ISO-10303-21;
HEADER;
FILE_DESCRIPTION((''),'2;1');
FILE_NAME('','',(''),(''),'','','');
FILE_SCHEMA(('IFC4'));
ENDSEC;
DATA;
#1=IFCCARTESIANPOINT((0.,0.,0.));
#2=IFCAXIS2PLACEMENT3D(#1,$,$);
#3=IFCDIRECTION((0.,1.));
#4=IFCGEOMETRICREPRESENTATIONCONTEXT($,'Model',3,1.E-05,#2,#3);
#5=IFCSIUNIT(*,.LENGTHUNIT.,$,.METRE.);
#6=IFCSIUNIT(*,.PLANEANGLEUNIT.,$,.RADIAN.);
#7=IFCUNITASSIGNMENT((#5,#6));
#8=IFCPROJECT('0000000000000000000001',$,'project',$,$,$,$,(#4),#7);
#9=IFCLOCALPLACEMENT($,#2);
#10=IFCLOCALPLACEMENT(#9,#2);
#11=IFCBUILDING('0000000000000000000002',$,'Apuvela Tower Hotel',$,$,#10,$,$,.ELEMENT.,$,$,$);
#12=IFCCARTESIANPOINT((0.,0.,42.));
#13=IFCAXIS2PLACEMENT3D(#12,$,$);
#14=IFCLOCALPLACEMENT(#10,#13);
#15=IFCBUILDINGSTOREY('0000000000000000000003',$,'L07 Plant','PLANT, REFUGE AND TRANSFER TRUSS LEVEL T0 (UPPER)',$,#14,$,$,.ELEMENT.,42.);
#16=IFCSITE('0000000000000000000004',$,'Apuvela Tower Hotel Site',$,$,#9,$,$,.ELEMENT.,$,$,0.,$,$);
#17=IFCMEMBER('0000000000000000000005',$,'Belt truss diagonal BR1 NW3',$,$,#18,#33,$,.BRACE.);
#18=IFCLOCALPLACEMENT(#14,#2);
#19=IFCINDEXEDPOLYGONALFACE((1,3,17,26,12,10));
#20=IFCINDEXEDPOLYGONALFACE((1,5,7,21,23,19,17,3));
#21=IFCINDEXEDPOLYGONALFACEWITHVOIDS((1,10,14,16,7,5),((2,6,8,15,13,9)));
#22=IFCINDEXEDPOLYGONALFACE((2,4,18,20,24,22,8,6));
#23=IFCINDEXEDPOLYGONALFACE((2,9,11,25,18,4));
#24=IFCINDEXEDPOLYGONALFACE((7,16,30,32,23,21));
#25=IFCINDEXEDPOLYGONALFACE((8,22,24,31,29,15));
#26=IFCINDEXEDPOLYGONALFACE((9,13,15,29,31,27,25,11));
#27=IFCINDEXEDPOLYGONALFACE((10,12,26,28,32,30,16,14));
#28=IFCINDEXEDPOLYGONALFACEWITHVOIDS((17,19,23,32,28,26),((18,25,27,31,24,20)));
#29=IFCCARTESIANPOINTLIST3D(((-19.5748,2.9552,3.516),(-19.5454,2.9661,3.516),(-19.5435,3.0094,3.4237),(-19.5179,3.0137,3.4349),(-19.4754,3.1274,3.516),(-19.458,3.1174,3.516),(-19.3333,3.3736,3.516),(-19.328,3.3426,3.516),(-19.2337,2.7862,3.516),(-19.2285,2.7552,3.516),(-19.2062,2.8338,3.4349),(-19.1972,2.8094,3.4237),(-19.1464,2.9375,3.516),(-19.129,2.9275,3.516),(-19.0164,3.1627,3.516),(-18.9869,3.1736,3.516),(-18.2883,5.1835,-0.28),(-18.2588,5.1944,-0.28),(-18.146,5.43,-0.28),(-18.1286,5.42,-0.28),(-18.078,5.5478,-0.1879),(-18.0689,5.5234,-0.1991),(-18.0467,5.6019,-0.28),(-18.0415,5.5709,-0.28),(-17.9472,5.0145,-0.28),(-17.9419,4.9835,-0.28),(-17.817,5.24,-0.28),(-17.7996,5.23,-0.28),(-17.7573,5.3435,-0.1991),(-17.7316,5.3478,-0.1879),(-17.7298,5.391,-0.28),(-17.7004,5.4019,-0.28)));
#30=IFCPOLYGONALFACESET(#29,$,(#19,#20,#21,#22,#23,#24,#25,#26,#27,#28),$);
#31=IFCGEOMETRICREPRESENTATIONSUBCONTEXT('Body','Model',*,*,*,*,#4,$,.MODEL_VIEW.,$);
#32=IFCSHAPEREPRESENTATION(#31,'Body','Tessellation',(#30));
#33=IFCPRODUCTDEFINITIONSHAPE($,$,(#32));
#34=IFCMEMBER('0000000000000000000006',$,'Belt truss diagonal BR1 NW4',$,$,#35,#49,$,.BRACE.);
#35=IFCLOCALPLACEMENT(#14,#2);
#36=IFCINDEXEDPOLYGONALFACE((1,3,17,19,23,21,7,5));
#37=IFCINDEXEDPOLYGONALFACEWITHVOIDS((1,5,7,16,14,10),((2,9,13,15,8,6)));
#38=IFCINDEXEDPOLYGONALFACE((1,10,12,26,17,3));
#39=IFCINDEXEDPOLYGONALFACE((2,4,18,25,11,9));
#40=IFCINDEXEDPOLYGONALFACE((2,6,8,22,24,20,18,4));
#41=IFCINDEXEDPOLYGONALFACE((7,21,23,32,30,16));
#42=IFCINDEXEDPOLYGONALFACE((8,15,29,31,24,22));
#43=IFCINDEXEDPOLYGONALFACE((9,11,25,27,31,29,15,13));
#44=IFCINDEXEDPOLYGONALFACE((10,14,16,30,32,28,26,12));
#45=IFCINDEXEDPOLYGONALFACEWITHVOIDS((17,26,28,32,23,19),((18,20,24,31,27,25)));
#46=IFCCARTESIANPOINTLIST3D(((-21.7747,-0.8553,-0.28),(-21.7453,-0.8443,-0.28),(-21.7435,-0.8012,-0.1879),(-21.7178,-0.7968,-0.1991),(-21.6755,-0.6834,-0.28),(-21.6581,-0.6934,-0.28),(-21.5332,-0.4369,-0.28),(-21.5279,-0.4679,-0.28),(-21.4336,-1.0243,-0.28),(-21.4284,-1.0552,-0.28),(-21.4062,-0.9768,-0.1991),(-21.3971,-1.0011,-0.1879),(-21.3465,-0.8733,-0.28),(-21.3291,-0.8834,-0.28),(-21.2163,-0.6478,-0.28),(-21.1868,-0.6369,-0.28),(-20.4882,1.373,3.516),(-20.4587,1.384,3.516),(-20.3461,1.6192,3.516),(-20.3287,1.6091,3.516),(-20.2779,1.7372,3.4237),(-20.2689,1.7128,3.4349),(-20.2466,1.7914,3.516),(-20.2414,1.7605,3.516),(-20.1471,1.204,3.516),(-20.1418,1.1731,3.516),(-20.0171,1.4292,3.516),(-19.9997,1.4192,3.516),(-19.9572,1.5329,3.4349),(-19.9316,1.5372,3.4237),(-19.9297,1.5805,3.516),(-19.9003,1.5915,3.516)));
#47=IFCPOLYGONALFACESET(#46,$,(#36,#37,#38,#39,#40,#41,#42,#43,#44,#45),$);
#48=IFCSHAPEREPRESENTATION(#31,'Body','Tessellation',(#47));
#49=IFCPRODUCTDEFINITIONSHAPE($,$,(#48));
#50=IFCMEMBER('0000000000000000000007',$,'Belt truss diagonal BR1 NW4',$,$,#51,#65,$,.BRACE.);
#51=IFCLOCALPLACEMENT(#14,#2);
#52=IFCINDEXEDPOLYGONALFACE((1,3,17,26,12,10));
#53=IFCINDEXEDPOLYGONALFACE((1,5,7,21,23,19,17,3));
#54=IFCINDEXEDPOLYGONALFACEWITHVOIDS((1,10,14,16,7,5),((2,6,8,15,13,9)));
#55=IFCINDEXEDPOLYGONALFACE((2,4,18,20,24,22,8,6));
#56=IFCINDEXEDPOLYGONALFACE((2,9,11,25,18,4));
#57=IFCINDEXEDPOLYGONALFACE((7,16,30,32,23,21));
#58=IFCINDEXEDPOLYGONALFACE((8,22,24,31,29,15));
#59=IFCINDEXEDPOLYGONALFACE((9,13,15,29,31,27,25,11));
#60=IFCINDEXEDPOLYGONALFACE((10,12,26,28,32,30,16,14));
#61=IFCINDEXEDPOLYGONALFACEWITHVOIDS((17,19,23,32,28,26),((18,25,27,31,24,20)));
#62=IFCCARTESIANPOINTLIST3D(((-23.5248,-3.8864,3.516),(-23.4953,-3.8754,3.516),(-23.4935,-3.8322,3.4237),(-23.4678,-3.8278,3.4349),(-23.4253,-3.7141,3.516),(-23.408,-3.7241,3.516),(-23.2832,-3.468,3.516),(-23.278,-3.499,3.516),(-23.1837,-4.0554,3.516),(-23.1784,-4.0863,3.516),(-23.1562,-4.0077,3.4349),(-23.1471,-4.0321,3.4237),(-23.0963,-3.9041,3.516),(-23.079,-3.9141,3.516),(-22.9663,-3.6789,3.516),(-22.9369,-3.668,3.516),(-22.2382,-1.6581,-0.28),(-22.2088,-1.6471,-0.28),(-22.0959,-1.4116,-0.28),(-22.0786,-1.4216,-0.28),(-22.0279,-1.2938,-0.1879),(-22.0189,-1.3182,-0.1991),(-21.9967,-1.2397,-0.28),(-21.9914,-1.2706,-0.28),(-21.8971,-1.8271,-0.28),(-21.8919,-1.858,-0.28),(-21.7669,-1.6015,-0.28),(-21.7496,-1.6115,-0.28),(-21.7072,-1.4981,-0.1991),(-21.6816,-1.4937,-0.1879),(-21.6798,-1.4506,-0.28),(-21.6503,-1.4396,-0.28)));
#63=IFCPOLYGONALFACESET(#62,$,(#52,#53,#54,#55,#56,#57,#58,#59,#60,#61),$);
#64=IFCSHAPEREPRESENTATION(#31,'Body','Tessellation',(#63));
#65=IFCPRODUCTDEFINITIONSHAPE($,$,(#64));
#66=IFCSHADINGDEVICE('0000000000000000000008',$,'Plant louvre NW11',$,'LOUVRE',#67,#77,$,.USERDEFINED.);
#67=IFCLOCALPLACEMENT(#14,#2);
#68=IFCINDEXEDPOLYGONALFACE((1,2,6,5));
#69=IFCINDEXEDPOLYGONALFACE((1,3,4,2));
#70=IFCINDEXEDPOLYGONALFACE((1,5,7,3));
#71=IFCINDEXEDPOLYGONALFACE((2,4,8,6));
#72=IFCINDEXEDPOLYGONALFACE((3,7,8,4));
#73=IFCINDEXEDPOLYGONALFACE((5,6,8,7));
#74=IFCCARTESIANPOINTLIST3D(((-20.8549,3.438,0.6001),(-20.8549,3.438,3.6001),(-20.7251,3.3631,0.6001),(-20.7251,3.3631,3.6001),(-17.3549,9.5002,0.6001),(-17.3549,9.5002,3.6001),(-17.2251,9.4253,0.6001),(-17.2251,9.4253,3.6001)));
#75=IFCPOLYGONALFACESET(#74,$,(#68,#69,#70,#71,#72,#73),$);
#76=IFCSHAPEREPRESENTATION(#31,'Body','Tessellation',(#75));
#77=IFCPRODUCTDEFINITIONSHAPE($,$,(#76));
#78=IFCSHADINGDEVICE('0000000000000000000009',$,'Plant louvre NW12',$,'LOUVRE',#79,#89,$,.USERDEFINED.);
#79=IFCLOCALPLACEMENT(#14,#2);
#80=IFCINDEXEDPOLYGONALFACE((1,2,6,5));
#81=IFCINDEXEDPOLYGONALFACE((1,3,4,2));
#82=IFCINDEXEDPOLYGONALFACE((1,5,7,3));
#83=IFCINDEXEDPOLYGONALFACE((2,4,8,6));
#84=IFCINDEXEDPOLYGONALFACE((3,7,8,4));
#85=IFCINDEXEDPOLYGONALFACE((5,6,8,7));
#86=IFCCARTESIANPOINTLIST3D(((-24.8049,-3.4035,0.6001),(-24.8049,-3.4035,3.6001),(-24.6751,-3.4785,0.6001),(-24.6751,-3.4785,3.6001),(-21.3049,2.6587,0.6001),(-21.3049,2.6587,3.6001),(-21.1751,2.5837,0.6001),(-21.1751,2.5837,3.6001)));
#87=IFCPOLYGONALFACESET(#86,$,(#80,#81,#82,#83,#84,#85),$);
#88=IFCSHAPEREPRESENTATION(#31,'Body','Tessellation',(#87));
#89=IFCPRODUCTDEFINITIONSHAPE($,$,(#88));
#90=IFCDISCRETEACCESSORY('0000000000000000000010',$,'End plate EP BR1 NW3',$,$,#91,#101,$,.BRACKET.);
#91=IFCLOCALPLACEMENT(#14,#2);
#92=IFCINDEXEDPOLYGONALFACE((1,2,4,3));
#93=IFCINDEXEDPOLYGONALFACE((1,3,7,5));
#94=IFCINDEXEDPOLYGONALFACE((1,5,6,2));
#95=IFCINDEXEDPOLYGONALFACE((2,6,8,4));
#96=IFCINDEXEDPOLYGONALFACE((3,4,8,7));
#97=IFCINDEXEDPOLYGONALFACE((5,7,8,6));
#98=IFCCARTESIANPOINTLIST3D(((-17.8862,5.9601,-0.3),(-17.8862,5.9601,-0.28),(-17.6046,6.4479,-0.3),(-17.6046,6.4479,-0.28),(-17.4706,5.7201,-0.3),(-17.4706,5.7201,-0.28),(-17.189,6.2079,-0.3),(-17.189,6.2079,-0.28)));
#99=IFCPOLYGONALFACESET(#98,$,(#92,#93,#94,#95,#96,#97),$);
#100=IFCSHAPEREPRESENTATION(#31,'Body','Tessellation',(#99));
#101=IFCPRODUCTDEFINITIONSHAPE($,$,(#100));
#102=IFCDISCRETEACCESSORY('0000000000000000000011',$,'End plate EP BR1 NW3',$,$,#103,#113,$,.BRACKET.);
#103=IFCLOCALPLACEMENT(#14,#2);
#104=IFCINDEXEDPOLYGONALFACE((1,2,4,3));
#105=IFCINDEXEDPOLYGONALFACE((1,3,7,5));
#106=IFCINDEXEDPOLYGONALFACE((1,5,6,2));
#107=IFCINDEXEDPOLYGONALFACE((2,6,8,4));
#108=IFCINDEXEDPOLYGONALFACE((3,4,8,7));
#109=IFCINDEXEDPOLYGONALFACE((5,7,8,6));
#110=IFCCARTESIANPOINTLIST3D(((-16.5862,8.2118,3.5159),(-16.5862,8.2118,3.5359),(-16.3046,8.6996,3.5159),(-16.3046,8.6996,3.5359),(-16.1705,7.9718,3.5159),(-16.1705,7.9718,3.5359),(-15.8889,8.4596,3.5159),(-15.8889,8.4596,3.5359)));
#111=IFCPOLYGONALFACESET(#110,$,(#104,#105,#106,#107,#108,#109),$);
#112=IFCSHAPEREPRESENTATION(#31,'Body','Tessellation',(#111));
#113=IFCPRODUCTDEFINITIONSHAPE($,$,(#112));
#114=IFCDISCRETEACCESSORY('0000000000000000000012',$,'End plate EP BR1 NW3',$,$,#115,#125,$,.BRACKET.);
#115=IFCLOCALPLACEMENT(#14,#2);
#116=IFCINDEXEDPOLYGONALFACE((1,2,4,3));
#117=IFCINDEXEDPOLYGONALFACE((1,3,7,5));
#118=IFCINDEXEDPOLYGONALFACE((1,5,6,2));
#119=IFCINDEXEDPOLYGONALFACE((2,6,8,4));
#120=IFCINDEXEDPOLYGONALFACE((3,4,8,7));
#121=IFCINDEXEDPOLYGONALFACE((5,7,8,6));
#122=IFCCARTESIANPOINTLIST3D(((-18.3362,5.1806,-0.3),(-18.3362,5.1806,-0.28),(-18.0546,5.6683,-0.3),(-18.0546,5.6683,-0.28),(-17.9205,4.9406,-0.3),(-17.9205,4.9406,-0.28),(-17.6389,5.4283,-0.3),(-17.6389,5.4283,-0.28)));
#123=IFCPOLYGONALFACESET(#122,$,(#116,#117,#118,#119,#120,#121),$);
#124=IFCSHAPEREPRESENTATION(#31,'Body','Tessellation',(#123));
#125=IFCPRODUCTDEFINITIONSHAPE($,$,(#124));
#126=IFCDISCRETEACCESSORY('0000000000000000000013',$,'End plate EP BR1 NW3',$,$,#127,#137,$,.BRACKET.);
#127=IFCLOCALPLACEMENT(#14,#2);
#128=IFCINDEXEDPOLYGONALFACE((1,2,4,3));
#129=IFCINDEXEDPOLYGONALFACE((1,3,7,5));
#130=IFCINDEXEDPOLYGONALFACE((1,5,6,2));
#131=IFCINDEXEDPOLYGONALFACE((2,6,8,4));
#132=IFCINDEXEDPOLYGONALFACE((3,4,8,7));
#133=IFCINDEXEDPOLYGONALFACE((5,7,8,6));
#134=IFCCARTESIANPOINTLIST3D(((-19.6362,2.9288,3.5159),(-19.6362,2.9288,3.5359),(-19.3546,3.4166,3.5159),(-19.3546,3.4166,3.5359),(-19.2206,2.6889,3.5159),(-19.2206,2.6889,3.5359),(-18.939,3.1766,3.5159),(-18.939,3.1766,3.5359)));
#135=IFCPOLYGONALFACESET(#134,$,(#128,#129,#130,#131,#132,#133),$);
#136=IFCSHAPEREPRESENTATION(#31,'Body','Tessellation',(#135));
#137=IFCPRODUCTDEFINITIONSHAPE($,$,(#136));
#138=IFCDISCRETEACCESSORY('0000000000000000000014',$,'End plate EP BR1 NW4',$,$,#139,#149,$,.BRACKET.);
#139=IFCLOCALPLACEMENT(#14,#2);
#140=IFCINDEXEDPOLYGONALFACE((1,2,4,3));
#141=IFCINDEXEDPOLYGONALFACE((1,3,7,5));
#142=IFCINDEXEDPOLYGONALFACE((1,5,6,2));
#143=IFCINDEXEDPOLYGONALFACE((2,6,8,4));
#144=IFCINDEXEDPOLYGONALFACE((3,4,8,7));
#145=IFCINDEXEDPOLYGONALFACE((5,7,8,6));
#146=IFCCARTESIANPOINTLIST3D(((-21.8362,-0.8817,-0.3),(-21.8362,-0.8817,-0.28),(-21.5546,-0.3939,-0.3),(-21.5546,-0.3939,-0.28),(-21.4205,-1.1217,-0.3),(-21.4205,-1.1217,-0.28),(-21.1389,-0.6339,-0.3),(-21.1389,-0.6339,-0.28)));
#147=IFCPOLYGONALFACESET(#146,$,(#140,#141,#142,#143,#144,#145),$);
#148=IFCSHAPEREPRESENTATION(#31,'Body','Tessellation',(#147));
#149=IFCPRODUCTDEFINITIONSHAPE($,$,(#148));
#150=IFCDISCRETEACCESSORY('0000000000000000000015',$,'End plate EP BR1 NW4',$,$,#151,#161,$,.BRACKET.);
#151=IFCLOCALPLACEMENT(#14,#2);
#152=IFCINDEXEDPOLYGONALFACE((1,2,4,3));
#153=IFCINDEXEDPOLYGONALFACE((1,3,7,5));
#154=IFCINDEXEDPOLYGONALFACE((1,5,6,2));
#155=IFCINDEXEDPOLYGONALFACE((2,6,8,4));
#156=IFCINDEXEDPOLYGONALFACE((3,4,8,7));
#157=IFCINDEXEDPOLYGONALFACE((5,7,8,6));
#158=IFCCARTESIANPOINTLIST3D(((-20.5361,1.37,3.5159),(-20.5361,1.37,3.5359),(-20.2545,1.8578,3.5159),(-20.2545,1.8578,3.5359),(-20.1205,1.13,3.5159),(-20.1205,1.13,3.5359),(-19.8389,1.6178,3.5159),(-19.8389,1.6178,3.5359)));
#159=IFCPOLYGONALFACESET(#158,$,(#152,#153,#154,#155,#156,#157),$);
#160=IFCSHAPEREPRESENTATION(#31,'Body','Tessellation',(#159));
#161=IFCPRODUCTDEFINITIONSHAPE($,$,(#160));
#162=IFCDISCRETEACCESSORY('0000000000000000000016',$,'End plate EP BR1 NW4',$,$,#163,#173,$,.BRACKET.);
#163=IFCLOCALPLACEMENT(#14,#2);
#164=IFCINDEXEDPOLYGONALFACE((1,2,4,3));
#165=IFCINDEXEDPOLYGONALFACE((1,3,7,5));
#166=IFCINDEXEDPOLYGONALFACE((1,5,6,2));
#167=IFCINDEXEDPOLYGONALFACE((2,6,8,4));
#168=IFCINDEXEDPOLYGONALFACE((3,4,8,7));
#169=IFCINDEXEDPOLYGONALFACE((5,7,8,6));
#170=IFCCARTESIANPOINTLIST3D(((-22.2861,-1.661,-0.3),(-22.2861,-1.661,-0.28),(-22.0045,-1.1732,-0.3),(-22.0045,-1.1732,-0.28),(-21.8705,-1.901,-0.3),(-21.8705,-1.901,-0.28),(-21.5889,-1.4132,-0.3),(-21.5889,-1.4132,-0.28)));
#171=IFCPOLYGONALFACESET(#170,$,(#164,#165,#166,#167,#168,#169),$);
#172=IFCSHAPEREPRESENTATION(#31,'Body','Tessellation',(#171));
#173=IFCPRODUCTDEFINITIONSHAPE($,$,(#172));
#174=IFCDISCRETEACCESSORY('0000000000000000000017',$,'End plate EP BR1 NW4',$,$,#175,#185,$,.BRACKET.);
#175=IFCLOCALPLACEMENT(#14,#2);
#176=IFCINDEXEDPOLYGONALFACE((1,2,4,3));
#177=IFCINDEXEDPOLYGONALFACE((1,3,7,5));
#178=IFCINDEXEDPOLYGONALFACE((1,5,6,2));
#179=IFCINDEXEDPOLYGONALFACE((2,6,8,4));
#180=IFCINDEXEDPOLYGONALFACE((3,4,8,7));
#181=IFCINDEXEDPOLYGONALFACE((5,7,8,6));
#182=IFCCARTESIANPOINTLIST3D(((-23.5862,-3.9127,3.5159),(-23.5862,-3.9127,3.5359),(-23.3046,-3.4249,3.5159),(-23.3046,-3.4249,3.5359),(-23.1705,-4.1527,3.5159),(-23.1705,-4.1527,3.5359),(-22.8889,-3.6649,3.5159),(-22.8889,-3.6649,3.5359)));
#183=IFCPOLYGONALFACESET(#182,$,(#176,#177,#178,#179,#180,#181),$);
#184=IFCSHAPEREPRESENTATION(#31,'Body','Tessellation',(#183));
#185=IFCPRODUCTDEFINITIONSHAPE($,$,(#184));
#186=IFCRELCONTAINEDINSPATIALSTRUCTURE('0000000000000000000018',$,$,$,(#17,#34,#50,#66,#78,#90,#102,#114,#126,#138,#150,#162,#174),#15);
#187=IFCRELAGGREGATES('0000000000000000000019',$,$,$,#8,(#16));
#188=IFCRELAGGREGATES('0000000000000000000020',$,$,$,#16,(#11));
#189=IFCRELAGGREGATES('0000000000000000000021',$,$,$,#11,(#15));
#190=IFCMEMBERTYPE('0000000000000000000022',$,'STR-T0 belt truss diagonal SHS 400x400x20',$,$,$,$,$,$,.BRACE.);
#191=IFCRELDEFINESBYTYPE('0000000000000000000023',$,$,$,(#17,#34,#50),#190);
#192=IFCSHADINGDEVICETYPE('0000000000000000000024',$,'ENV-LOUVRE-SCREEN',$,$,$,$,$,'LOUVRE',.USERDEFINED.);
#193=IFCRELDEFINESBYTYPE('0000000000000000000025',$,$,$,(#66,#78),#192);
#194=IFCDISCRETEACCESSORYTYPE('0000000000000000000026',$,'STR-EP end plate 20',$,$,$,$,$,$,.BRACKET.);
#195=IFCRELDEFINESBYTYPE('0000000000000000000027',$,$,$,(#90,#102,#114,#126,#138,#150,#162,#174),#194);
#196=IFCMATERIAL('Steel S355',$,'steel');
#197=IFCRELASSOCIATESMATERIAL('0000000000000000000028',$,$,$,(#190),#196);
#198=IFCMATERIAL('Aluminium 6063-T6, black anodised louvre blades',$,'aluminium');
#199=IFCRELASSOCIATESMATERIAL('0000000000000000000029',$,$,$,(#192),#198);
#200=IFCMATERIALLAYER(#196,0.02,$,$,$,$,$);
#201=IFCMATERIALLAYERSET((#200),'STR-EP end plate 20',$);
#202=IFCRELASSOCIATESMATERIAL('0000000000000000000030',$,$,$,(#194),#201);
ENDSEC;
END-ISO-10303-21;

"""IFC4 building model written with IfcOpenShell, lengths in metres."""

from ifc_helpers import new_model, si_unit, direction, frame, origin, origin_2d, place, context, subcontext, project, spatial, rectangle, hollow_rectangle, extrude, boolean, halfspace, material, layer, layer_set, material_profile, profile_set, type_object, element, save


model = new_model("IFC4")

# Units and contexts
model_context = context("Model", 3, precision=1e-05, world=origin(), true_north=direction((0.0, 1.0)))
body_context = subcontext(model_context, "Body", "Model", "MODEL_VIEW")
ifc_project = project(units=[si_unit("LENGTHUNIT", "METRE"), si_unit("PLANEANGLEUNIT", "RADIAN")], contexts=[model_context])

# Site, building, storey
site_placement = place(None, origin())
site = spatial("IfcSite", under=ifc_project, at=site_placement, Name="Apuvela Tower Hotel Site", CompositionType="ELEMENT", RefElevation=0.0)
building_placement = place(site_placement, origin())
building = spatial("IfcBuilding", under=site, at=building_placement, Name="Apuvela Tower Hotel", CompositionType="ELEMENT")
storey_placement = place(building_placement, frame((0.0, 0.0, 42.0)))
storey = spatial("IfcBuildingStorey", under=building, at=storey_placement, Name="L07 Plant", Description="PLANT, REFUGE AND TRANSFER TRUSS LEVEL T0 (UPPER)", CompositionType="ELEMENT", Elevation=42.0)

# Shared definitions
ifc_material_1 = material(Name="Steel S355", Category="steel")

# Members
ifc_material_profile_1 = material_profile(ifc_material_1, hollow_rectangle(XDim=0.3999, YDim=0.3999, WallThickness=0.02, at=origin_2d()), Name="SHS 400x400x20")
ifc_profile_set_1 = profile_set([ifc_material_profile_1], Name="Steel S355")
member_type = type_object("IfcMemberType", Name="STR-T0 belt truss diagonal SHS 400x400x20", PredefinedType="BRACE", material=ifc_profile_set_1)
member_1_placement = place(storey_placement, frame((-17.9875, 5.3044, -0.3), z_axis=(-0.280541, -0.485902, 0.827766), x_axis=(0.413889, 0.716863, 0.561073)))
solid_1 = boolean("DIFFERENCE", boolean("DIFFERENCE", extrude(hollow_rectangle(XDim=0.3999, YDim=0.3999, WallThickness=0.02, at=origin_2d()), frame((0.0, 0.0, -0.2556)), (0.0, 0.0, 1.0), 5.1453), halfspace(frame((0.0, 0.0, 0.0242), z_axis=(0.561073, 0.0, 0.827766), x_axis=(0.827766, 0.0, -0.561073)), True)), halfspace(frame((0.0, 0.0, 4.6101), z_axis=(0.561073, 0.0, 0.827766), x_axis=(0.827766, 0.0, -0.561073)), False))
element("IfcMember", 1, at=member_1_placement, inside=storey, type_object=member_type, Name="Belt truss diagonal BR1 NW3", PredefinedType="BRACE", context=body_context, shape_type="SweptSolid", body=[
    boolean("UNION", boolean("DIFFERENCE", boolean("DIFFERENCE", extrude(hollow_rectangle(XDim=0.3999, YDim=0.3999, WallThickness=0.02, at=origin_2d()), origin(), (0.0, 0.0, 1.0), 4.634), halfspace(frame((0.0, 0.0, 0.0242), z_axis=(0.561073, 0.0, 0.827766), x_axis=(0.827766, 0.0, -0.561073)), True)), halfspace(frame((0.0, 0.0, 4.6101), z_axis=(0.561073, 0.0, 0.827766), x_axis=(0.827766, 0.0, -0.561073)), False)), solid_1),
])
member_2_placement = place(storey_placement, frame((-21.4875, -0.7578, -0.3), z_axis=(0.280541, 0.485902, 0.827766), x_axis=(-0.413889, -0.716863, 0.561073)))
solid_2 = boolean("DIFFERENCE", boolean("DIFFERENCE", extrude(hollow_rectangle(XDim=0.3999, YDim=0.3999, WallThickness=0.02, at=origin_2d()), frame((0.0, 0.0, -0.2556)), (0.0, 0.0, 1.0), 5.1453), halfspace(frame((0.0, 0.0, 0.0242), z_axis=(0.561073, 0.0, 0.827766), x_axis=(0.827766, 0.0, -0.561073)), True)), halfspace(frame((0.0, 0.0, 4.6101), z_axis=(0.561073, 0.0, 0.827766), x_axis=(0.827766, 0.0, -0.561073)), False))
element("IfcMember", 2, at=member_2_placement, inside=storey, type_object=member_type, Name="Belt truss diagonal BR1 NW4", PredefinedType="BRACE", context=body_context, shape_type="SweptSolid", body=[
    boolean("UNION", boolean("DIFFERENCE", boolean("DIFFERENCE", extrude(hollow_rectangle(XDim=0.3999, YDim=0.3999, WallThickness=0.02, at=origin_2d()), origin(), (0.0, 0.0, 1.0), 4.634), halfspace(frame((0.0, 0.0, 0.0242), z_axis=(0.561073, 0.0, 0.827766), x_axis=(0.827766, 0.0, -0.561073)), True)), halfspace(frame((0.0, 0.0, 4.6101), z_axis=(0.561073, 0.0, 0.827766), x_axis=(0.827766, 0.0, -0.561073)), False)), solid_2),
])
member_3_placement = place(storey_placement, frame((-21.9375, -1.5371, -0.3), z_axis=(-0.280541, -0.485902, 0.827766), x_axis=(0.413889, 0.716863, 0.561073)))
solid_3 = boolean("DIFFERENCE", boolean("DIFFERENCE", extrude(hollow_rectangle(XDim=0.3999, YDim=0.3999, WallThickness=0.02, at=origin_2d()), frame((0.0, 0.0, -0.2556)), (0.0, 0.0, 1.0), 5.1453), halfspace(frame((0.0, 0.0, 0.0242), z_axis=(0.561073, 0.0, 0.827766), x_axis=(0.827766, 0.0, -0.561073)), True)), halfspace(frame((0.0, 0.0, 4.6101), z_axis=(0.561073, 0.0, 0.827766), x_axis=(0.827766, 0.0, -0.561073)), False))
element("IfcMember", 3, at=member_3_placement, inside=storey, type_object=member_type, Name="Belt truss diagonal BR1 NW4", PredefinedType="BRACE", context=body_context, shape_type="SweptSolid", body=[
    boolean("UNION", boolean("DIFFERENCE", boolean("DIFFERENCE", extrude(hollow_rectangle(XDim=0.3999, YDim=0.3999, WallThickness=0.02, at=origin_2d()), origin(), (0.0, 0.0, 1.0), 4.634), halfspace(frame((0.0, 0.0, 0.0242), z_axis=(0.561073, 0.0, 0.827766), x_axis=(0.827766, 0.0, -0.561073)), True)), halfspace(frame((0.0, 0.0, 4.6101), z_axis=(0.561073, 0.0, 0.827766), x_axis=(0.827766, 0.0, -0.561073)), False)), solid_3),
])

# Shading devices
ifc_material_2 = material(Name="Aluminium 6063-T6, black anodised louvre blades", Category="aluminium")
shading_device_type = type_object("IfcShadingDeviceType", Name="ENV-LOUVRE-SCREEN", ElementType="LOUVRE", PredefinedType="USERDEFINED", material=ifc_material_2)
for number, where, z_axis, x_axis, name in (
    (4, (-19.04, 6.4316, 0.6001), (0.0, 0.0, 1.0), (-0.5, -0.866025, 0.0), "Plant louvre NW11"),
    (5, (-22.99, -0.4099, 0.6001), (0.0, 0.0, 1.0), (-0.5, -0.866025, 0.0), "Plant louvre NW12"),
):
    element("IfcShadingDevice", number, at=place(storey_placement, frame(where, z_axis=z_axis, x_axis=x_axis)), inside=storey, type_object=shading_device_type, Name=name, ObjectType="LOUVRE", PredefinedType="USERDEFINED", context=body_context, shape_type="SweptSolid", body=[
        extrude(rectangle(XDim=7.0, YDim=0.1499, at=origin_2d()), origin(), (0.0, 0.0, 1.0), 3.0),
    ])

# Discrete accessories
ifc_layer = layer(ifc_material_1, 0.02)
ifc_layer_set = layer_set([ifc_layer], Name="STR-EP end plate 20")
discrete_accessory_type = type_object("IfcDiscreteAccessoryType", Name="STR-EP end plate 20", PredefinedType="BRACKET", material=ifc_layer_set)
for number, where, z_axis, x_axis, name in (
    (6, (-17.5376, 6.084, -0.3), (0.0, 0.0, 1.0), (0.5, 0.866025, 0.0), "End plate EP BR1 NW3"),
    (7, (-16.2375, 8.3357, 3.5159), (0.0, 0.0, 1.0), (0.5, 0.866025, 0.0), "End plate EP BR1 NW3"),
    (8, (-17.9875, 5.3044, -0.3), (0.0, 0.0, 1.0), (-0.5, -0.866025, 0.0), "End plate EP BR1 NW3"),
    (9, (-19.2876, 3.0527, 3.5159), (0.0, 0.0, 1.0), (-0.5, -0.866025, 0.0), "End plate EP BR1 NW3"),
    (10, (-21.4875, -0.7578, -0.3), (0.0, 0.0, 1.0), (0.5, 0.866025, 0.0), "End plate EP BR1 NW4"),
    (11, (-20.1875, 1.4939, 3.5159), (0.0, 0.0, 1.0), (0.5, 0.866025, 0.0), "End plate EP BR1 NW4"),
    (12, (-21.9375, -1.5371, -0.3), (0.0, 0.0, 1.0), (-0.5, -0.866025, 0.0), "End plate EP BR1 NW4"),
    (13, (-23.2375, -3.7888, 3.5159), (0.0, 0.0, 1.0), (-0.5, -0.866025, 0.0), "End plate EP BR1 NW4"),
):
    element("IfcDiscreteAccessory", number, at=place(storey_placement, frame(where, z_axis=z_axis, x_axis=x_axis)), inside=storey, type_object=discrete_accessory_type, Name=name, PredefinedType="BRACKET", context=body_context, shape_type="SweptSolid", body=[
        extrude(rectangle(XDim=0.5632, YDim=0.48, at=origin_2d()), origin(), (0.0, 0.0, 1.0), 0.02),
    ])

save(model, "model.ifc")
